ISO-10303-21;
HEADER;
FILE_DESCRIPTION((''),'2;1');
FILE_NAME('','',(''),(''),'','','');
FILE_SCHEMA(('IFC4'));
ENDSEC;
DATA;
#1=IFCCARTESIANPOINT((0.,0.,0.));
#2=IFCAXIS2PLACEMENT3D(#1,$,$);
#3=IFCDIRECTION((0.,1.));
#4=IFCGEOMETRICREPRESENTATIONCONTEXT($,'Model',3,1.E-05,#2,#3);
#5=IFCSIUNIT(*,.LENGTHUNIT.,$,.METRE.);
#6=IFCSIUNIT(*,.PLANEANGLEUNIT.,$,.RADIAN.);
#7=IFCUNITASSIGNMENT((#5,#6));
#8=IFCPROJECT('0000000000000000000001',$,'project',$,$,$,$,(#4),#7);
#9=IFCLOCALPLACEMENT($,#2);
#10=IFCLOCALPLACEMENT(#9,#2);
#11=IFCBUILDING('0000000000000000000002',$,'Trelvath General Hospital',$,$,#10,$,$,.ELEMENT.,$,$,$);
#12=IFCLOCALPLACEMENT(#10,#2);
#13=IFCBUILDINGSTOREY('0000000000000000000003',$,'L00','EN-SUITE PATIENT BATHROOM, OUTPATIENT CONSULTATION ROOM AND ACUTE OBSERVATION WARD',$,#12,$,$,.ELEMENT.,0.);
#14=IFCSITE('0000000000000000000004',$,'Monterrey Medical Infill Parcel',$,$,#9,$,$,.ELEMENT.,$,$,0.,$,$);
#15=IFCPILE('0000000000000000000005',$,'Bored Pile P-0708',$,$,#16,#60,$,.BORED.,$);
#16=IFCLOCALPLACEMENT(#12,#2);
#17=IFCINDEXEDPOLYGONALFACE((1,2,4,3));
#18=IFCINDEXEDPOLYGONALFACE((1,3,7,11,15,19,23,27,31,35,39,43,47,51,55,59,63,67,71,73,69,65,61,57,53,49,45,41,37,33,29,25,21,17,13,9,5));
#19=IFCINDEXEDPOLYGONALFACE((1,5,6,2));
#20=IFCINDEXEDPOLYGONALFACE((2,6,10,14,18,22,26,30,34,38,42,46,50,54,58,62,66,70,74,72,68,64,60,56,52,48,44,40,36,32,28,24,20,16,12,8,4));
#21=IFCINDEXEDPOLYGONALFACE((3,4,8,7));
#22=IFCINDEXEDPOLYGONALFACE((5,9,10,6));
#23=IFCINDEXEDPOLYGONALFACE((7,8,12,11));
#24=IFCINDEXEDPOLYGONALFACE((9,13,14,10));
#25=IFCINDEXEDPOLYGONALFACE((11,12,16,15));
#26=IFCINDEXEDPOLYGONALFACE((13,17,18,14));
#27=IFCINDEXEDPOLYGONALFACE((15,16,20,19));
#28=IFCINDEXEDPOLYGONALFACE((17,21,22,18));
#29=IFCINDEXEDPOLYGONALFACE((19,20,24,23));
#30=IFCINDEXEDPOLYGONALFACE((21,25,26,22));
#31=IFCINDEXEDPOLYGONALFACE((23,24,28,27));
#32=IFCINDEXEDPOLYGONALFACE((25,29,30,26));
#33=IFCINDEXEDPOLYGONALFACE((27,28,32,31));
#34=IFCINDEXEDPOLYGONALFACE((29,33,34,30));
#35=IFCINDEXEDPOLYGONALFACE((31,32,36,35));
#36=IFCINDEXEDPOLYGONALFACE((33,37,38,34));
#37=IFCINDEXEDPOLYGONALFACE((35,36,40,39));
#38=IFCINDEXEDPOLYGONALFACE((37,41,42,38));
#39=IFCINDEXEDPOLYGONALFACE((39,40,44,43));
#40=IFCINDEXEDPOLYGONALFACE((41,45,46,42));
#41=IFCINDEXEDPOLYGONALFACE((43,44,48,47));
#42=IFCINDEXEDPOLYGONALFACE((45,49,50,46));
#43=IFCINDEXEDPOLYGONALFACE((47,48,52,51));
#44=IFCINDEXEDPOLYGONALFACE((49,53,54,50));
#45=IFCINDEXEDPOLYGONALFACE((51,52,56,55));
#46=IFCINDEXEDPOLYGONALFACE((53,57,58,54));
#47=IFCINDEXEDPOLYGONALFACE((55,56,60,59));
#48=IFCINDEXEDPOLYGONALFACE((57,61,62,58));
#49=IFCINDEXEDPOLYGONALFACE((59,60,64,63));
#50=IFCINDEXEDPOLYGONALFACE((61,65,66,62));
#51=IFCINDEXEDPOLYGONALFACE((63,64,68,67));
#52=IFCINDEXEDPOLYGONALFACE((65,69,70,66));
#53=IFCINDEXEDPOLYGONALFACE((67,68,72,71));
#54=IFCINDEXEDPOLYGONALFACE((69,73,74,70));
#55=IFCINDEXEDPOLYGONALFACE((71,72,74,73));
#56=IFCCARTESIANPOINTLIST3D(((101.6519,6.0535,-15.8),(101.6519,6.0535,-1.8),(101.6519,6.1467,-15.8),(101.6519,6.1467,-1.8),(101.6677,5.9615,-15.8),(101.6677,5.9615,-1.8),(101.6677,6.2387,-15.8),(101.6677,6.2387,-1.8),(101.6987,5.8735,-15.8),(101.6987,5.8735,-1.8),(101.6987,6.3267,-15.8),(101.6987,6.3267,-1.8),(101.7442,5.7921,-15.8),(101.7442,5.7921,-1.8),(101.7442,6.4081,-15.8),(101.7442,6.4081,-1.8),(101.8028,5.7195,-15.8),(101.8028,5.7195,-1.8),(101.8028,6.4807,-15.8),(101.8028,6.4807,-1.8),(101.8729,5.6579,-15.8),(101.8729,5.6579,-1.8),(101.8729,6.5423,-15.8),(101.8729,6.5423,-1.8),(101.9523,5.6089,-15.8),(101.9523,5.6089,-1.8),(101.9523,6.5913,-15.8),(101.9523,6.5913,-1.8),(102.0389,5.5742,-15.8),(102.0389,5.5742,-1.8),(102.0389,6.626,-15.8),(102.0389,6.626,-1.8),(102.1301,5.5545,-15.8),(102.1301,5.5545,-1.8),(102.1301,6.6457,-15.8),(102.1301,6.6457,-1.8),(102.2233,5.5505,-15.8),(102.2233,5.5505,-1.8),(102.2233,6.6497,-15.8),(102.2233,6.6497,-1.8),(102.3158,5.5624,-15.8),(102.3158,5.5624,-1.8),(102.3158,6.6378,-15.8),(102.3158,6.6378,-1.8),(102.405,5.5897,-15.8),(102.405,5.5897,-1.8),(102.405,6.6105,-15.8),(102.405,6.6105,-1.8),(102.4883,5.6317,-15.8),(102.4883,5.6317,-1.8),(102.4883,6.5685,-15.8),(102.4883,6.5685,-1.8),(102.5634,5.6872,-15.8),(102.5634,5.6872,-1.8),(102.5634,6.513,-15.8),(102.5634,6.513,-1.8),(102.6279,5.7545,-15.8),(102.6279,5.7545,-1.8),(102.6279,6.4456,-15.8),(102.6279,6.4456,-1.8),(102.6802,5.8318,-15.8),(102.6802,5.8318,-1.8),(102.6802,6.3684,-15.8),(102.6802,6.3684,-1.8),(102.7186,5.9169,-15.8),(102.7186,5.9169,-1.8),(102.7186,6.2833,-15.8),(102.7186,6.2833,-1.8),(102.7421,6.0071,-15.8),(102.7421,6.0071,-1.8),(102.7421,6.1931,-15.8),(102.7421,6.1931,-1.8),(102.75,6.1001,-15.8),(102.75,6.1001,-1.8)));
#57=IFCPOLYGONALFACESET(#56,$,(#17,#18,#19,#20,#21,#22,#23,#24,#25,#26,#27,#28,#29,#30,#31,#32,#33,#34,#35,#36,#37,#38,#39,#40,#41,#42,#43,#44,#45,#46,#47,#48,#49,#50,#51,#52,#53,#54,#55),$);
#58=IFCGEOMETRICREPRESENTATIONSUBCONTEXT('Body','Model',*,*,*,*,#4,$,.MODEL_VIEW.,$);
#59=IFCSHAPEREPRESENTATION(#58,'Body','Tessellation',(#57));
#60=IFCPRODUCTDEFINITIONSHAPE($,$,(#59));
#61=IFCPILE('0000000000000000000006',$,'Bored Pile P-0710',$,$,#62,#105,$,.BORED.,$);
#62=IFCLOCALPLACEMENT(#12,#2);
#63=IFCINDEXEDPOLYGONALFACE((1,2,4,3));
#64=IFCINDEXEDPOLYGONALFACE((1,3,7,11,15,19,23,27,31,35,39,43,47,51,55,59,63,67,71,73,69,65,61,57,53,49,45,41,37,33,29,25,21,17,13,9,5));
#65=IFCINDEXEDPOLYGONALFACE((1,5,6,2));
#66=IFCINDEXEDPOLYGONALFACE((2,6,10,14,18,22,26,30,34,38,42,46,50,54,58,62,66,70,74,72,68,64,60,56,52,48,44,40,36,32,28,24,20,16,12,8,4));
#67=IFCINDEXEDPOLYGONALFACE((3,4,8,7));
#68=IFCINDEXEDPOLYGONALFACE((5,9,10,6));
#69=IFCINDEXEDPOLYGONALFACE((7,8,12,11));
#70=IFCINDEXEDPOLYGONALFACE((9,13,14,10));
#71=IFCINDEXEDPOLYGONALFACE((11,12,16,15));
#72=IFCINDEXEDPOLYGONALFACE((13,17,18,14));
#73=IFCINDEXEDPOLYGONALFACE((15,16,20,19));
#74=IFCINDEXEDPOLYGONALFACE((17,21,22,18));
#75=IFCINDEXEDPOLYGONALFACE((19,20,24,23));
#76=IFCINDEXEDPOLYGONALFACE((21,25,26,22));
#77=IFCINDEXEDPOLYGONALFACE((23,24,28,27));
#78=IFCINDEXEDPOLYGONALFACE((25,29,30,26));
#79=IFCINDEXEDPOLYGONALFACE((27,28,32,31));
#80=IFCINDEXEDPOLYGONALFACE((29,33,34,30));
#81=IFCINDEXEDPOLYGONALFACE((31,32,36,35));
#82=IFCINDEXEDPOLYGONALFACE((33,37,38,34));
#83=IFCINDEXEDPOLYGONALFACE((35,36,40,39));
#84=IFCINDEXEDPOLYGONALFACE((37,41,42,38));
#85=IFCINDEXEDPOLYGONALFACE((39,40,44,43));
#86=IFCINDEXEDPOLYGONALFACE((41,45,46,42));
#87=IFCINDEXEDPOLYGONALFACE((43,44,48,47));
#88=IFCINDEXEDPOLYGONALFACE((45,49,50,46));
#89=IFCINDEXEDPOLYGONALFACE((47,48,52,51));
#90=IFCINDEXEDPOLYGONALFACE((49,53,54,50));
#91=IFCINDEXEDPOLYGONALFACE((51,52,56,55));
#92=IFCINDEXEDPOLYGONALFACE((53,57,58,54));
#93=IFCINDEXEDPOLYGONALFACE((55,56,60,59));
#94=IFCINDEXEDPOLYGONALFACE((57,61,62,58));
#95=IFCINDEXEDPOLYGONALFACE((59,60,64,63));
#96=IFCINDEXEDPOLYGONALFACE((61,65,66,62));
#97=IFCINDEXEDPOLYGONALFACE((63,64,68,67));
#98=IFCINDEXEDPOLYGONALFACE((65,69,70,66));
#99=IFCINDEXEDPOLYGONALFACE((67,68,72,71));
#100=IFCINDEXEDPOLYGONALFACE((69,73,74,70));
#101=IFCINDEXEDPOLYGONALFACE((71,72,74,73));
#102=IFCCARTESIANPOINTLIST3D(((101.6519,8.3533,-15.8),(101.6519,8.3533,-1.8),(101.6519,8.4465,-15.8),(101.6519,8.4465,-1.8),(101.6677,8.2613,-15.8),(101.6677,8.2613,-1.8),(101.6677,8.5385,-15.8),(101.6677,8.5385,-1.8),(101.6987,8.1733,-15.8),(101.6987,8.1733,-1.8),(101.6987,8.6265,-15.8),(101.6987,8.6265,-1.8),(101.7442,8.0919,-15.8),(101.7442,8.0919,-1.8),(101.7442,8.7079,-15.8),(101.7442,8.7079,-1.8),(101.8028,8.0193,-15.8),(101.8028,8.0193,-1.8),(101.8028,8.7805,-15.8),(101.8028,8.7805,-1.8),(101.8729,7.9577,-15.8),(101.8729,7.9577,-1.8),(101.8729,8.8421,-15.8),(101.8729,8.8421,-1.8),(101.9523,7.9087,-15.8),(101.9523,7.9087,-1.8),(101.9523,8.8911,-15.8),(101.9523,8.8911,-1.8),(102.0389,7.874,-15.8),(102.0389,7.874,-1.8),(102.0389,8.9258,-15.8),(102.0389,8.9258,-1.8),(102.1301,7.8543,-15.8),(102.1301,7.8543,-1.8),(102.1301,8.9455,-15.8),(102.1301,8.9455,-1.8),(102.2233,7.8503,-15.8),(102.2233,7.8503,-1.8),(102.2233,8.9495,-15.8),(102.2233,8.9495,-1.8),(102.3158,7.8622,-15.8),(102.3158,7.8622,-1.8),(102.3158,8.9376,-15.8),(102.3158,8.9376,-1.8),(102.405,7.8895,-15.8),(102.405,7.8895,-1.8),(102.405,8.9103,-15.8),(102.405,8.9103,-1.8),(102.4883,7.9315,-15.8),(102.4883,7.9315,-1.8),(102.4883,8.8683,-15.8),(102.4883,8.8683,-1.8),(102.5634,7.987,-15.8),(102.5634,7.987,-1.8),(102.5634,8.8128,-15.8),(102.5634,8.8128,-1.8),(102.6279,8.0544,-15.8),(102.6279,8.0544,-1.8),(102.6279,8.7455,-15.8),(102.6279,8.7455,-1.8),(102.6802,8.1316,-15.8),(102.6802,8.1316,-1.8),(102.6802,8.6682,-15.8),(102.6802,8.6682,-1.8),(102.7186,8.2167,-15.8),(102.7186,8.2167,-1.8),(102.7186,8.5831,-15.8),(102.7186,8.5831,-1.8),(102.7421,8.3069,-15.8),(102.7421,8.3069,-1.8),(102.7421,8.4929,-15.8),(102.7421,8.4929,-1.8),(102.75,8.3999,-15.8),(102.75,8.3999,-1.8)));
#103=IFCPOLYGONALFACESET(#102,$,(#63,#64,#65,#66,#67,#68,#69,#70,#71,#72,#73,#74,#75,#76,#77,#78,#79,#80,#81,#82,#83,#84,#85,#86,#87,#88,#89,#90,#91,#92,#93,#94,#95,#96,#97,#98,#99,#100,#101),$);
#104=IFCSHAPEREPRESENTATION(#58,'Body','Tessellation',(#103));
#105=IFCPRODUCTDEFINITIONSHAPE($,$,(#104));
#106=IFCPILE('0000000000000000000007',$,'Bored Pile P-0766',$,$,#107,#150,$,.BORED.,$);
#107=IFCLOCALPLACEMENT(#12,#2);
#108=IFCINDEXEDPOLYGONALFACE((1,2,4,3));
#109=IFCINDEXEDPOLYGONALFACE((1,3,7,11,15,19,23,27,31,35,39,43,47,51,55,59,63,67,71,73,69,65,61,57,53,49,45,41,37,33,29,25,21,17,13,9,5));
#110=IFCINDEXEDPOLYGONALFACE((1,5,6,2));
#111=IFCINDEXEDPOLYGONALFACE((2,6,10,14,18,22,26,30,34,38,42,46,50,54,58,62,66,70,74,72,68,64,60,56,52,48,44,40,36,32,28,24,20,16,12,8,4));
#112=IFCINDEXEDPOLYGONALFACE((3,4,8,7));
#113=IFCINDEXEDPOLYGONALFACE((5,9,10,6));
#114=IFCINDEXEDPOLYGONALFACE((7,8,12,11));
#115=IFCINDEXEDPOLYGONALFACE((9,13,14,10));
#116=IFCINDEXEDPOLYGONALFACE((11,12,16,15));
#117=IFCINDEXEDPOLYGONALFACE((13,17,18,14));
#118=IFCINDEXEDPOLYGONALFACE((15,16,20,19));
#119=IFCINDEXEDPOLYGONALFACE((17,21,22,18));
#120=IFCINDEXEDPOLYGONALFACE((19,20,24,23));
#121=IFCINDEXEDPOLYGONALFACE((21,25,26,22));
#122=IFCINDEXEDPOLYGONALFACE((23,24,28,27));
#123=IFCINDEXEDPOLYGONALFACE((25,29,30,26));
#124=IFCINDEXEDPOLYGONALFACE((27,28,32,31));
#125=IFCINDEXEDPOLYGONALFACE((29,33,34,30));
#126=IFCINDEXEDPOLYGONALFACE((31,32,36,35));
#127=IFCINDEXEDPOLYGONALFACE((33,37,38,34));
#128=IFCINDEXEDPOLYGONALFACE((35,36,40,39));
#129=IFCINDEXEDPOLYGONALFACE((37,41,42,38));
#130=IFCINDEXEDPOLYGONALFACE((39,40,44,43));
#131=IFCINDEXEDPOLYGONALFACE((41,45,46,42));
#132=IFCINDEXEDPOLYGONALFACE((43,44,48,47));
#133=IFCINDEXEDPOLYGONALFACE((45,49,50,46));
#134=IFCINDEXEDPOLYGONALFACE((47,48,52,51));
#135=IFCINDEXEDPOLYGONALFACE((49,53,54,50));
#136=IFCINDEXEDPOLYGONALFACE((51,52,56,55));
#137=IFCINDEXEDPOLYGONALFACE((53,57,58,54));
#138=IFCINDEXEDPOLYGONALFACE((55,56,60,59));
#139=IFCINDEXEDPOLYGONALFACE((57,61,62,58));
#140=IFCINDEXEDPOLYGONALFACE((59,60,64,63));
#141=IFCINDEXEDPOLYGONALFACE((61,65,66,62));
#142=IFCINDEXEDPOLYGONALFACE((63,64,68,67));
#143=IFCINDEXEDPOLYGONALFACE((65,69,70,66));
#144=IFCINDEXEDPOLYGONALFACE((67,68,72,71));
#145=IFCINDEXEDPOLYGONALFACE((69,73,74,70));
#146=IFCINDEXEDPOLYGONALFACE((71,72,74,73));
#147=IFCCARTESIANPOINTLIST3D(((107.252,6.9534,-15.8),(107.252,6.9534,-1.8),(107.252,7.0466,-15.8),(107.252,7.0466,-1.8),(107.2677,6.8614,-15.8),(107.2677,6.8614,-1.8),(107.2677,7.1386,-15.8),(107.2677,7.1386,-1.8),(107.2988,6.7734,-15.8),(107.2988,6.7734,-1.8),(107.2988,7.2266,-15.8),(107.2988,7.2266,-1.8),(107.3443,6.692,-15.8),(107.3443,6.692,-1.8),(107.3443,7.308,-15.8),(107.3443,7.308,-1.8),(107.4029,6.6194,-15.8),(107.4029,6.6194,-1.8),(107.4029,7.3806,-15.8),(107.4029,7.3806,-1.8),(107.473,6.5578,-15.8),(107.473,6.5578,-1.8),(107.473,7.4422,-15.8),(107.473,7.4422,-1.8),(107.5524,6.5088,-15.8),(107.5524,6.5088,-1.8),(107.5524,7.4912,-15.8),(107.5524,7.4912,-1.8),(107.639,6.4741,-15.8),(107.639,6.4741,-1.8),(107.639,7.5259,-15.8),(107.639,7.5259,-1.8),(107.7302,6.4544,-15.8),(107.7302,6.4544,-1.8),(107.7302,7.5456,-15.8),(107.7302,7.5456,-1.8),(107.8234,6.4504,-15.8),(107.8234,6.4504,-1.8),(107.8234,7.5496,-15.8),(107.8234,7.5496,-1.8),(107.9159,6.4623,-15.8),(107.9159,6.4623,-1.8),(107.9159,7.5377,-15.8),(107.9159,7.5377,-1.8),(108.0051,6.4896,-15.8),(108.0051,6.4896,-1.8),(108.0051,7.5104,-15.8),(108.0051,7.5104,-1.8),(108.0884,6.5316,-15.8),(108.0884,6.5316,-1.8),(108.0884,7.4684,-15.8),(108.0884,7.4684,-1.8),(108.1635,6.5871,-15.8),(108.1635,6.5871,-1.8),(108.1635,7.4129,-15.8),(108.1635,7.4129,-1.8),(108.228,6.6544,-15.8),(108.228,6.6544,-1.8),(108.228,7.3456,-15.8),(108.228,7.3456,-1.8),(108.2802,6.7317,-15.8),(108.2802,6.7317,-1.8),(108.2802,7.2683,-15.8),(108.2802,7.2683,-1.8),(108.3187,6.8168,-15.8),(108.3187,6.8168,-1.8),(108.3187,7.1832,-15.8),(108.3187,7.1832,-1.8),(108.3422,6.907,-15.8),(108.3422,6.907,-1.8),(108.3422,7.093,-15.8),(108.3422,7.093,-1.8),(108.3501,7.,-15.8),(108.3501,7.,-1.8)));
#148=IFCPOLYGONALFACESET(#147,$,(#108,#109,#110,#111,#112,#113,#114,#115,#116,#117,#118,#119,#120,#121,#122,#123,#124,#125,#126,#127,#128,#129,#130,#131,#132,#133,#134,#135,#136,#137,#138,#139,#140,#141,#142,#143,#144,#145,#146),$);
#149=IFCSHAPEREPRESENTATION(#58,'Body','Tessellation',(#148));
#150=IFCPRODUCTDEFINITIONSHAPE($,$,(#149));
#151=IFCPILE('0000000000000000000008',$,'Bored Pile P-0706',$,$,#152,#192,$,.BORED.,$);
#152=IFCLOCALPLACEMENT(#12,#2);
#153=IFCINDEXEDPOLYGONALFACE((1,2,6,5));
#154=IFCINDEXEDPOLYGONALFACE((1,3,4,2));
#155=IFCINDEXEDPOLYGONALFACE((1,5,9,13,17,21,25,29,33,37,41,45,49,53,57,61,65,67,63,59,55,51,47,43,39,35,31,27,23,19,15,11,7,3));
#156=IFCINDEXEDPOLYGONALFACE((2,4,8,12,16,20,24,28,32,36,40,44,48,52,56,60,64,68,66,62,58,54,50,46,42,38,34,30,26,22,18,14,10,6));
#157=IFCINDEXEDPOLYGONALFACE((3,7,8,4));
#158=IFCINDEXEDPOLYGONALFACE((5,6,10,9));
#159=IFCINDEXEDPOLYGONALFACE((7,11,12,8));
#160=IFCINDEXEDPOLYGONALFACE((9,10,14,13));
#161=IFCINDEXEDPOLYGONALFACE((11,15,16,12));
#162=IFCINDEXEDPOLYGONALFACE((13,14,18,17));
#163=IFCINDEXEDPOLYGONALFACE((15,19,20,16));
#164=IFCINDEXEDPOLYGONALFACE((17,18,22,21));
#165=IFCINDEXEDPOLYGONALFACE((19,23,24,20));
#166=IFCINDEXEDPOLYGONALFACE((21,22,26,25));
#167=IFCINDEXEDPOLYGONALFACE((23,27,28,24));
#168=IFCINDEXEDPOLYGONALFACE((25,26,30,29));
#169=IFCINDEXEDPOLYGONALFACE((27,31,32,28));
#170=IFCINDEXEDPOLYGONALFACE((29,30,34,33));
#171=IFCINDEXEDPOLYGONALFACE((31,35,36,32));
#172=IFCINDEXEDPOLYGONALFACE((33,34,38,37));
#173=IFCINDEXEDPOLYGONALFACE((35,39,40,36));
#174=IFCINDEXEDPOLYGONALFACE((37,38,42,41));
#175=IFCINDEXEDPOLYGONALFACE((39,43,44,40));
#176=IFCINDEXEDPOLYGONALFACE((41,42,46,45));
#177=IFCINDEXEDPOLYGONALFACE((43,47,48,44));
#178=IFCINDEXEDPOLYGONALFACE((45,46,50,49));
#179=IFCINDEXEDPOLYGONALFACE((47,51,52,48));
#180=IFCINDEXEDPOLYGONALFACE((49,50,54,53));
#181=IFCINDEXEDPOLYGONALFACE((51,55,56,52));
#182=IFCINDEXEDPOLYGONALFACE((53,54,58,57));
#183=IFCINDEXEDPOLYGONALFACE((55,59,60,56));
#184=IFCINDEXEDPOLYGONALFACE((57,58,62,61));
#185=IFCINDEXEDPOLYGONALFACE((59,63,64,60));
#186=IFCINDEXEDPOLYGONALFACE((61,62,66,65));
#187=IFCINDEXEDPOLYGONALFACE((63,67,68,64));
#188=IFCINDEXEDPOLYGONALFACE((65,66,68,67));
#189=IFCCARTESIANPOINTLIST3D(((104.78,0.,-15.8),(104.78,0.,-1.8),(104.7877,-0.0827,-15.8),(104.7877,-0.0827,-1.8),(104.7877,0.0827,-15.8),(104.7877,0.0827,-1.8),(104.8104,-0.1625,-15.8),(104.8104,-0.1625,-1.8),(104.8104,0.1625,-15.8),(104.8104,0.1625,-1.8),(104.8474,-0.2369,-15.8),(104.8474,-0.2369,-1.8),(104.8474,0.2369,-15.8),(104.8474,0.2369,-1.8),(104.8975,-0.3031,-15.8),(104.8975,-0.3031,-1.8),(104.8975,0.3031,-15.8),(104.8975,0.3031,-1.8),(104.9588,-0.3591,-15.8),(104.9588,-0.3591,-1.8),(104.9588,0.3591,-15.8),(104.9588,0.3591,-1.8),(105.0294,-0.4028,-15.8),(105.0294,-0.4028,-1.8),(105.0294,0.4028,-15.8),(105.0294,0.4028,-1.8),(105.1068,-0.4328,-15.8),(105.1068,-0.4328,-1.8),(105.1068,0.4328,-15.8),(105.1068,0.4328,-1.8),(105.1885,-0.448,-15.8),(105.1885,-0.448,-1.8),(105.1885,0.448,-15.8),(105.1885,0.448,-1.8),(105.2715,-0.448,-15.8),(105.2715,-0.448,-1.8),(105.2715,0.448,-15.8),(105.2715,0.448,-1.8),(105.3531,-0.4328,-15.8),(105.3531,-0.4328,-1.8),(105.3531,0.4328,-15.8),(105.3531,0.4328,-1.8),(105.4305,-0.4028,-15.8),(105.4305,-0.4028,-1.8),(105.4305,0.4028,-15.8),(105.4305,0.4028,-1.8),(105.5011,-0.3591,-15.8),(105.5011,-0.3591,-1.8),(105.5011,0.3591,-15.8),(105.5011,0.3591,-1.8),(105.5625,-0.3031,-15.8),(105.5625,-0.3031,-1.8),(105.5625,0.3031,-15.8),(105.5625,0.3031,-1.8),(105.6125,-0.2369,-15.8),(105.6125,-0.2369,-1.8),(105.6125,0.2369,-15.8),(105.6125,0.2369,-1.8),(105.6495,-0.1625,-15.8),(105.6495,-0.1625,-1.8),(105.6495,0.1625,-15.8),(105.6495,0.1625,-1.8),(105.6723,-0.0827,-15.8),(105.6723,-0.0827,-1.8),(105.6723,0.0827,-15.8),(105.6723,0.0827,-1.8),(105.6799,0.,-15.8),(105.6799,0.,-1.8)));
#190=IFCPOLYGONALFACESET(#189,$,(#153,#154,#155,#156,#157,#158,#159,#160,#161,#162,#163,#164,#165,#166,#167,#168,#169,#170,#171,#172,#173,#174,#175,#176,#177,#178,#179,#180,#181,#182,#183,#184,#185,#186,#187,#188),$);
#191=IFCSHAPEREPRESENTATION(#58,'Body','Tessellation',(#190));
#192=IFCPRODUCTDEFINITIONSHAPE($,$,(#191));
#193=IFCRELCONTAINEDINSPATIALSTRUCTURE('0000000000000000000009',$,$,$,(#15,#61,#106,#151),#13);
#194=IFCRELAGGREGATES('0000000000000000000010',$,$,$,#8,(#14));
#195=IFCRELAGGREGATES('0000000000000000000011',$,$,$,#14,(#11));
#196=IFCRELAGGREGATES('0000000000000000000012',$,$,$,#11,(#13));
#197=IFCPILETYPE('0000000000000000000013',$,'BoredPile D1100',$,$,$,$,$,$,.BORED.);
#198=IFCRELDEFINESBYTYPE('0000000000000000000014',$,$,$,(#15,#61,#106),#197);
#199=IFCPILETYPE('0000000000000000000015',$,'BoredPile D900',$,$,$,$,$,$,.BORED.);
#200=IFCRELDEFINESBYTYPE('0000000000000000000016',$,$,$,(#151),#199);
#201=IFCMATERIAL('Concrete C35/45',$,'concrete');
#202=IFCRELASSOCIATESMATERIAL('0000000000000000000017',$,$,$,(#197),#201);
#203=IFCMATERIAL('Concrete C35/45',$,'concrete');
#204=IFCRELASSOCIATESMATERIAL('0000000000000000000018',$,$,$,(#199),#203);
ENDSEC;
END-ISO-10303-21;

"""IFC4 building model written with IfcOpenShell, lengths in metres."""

from ifc_helpers import new_model, si_unit, direction, frame, origin, origin_2d, place, context, subcontext, project, spatial, circle, extrude, material, material_profile, profile_set, type_object, element, save


model = new_model("IFC4")

# Units and contexts
model_context = context("Model", 3, precision=1e-05, world=origin(), true_north=direction((0.0, 1.0)))
body_context = subcontext(model_context, "Body", "Model", "MODEL_VIEW")
ifc_project = project(units=[si_unit("LENGTHUNIT", "METRE"), si_unit("PLANEANGLEUNIT", "RADIAN")], contexts=[model_context])

# Site, building, storey
site_placement = place(None, origin())
site = spatial("IfcSite", under=ifc_project, at=site_placement, Name="Monterrey Medical Infill Parcel", CompositionType="ELEMENT", RefElevation=0.0)
building_placement = place(site_placement, origin())
building = spatial("IfcBuilding", under=site, at=building_placement, Name="Trelvath General Hospital", CompositionType="ELEMENT")
storey_placement = place(building_placement, origin())
storey = spatial("IfcBuildingStorey", under=building, at=storey_placement, Name="L00", Description="EN-SUITE PATIENT BATHROOM, OUTPATIENT CONSULTATION ROOM AND ACUTE OBSERVATION WARD", CompositionType="ELEMENT", Elevation=0.0)

# Piles
ifc_material_1 = material(Name="Concrete C35/45", Category="concrete")
ifc_material_profile_1 = material_profile(ifc_material_1, circle(Radius=0.55, at=origin_2d()), Name="PILE1100")
ifc_profile_set_1 = profile_set([ifc_material_profile_1], Name="Concrete C35/45")
pile_type_1 = type_object("IfcPileType", Name="BoredPile D1100", PredefinedType="BORED", material=ifc_profile_set_1)
for number, where, z_axis, x_axis, name in (
    (1, (102.2, 6.1001, -1.8), (0.0, 0.0, -1.0), (1.0, 0.0, 0.0), "Bored Pile P-0708"),
    (2, (102.2, 8.3999, -1.8), (0.0, 0.0, -1.0), (1.0, 0.0, 0.0), "Bored Pile P-0710"),
    (3, (107.8, 7.0, -1.8), (0.0, 0.0, -1.0), (1.0, 0.0, 0.0), "Bored Pile P-0766"),
):
    element("IfcPile", number, at=place(storey_placement, frame(where, z_axis=z_axis, x_axis=x_axis)), inside=storey, type_object=pile_type_1, Name=name, PredefinedType="BORED", context=body_context, shape_type="SweptSolid", body=[
        extrude(circle(Radius=0.55, at=origin_2d()), origin(), (0.0, 0.0, 1.0), 14.0),
    ])
ifc_material_2 = material(Name="Concrete C35/45", Category="concrete")
ifc_material_profile_2 = material_profile(ifc_material_2, circle(Radius=0.45, at=origin_2d()), Name="PILE900")
ifc_profile_set_2 = profile_set([ifc_material_profile_2], Name="Concrete C35/45")
pile_type_2 = type_object("IfcPileType", Name="BoredPile D900", PredefinedType="BORED", material=ifc_profile_set_2)
for number, where, z_axis, x_axis, name in (
    (4, (105.23, 0.0, -1.8), (0.0, 0.0, -1.0), (1.0, 0.0, 0.0), "Bored Pile P-0706"),
):
    element("IfcPile", number, at=place(storey_placement, frame(where, z_axis=z_axis, x_axis=x_axis)), inside=storey, type_object=pile_type_2, Name=name, PredefinedType="BORED", context=body_context, shape_type="SweptSolid", body=[
        extrude(circle(Radius=0.45, at=origin_2d()), origin(), (0.0, 0.0, 1.0), 14.0),
    ])

save(model, "model.ifc")
